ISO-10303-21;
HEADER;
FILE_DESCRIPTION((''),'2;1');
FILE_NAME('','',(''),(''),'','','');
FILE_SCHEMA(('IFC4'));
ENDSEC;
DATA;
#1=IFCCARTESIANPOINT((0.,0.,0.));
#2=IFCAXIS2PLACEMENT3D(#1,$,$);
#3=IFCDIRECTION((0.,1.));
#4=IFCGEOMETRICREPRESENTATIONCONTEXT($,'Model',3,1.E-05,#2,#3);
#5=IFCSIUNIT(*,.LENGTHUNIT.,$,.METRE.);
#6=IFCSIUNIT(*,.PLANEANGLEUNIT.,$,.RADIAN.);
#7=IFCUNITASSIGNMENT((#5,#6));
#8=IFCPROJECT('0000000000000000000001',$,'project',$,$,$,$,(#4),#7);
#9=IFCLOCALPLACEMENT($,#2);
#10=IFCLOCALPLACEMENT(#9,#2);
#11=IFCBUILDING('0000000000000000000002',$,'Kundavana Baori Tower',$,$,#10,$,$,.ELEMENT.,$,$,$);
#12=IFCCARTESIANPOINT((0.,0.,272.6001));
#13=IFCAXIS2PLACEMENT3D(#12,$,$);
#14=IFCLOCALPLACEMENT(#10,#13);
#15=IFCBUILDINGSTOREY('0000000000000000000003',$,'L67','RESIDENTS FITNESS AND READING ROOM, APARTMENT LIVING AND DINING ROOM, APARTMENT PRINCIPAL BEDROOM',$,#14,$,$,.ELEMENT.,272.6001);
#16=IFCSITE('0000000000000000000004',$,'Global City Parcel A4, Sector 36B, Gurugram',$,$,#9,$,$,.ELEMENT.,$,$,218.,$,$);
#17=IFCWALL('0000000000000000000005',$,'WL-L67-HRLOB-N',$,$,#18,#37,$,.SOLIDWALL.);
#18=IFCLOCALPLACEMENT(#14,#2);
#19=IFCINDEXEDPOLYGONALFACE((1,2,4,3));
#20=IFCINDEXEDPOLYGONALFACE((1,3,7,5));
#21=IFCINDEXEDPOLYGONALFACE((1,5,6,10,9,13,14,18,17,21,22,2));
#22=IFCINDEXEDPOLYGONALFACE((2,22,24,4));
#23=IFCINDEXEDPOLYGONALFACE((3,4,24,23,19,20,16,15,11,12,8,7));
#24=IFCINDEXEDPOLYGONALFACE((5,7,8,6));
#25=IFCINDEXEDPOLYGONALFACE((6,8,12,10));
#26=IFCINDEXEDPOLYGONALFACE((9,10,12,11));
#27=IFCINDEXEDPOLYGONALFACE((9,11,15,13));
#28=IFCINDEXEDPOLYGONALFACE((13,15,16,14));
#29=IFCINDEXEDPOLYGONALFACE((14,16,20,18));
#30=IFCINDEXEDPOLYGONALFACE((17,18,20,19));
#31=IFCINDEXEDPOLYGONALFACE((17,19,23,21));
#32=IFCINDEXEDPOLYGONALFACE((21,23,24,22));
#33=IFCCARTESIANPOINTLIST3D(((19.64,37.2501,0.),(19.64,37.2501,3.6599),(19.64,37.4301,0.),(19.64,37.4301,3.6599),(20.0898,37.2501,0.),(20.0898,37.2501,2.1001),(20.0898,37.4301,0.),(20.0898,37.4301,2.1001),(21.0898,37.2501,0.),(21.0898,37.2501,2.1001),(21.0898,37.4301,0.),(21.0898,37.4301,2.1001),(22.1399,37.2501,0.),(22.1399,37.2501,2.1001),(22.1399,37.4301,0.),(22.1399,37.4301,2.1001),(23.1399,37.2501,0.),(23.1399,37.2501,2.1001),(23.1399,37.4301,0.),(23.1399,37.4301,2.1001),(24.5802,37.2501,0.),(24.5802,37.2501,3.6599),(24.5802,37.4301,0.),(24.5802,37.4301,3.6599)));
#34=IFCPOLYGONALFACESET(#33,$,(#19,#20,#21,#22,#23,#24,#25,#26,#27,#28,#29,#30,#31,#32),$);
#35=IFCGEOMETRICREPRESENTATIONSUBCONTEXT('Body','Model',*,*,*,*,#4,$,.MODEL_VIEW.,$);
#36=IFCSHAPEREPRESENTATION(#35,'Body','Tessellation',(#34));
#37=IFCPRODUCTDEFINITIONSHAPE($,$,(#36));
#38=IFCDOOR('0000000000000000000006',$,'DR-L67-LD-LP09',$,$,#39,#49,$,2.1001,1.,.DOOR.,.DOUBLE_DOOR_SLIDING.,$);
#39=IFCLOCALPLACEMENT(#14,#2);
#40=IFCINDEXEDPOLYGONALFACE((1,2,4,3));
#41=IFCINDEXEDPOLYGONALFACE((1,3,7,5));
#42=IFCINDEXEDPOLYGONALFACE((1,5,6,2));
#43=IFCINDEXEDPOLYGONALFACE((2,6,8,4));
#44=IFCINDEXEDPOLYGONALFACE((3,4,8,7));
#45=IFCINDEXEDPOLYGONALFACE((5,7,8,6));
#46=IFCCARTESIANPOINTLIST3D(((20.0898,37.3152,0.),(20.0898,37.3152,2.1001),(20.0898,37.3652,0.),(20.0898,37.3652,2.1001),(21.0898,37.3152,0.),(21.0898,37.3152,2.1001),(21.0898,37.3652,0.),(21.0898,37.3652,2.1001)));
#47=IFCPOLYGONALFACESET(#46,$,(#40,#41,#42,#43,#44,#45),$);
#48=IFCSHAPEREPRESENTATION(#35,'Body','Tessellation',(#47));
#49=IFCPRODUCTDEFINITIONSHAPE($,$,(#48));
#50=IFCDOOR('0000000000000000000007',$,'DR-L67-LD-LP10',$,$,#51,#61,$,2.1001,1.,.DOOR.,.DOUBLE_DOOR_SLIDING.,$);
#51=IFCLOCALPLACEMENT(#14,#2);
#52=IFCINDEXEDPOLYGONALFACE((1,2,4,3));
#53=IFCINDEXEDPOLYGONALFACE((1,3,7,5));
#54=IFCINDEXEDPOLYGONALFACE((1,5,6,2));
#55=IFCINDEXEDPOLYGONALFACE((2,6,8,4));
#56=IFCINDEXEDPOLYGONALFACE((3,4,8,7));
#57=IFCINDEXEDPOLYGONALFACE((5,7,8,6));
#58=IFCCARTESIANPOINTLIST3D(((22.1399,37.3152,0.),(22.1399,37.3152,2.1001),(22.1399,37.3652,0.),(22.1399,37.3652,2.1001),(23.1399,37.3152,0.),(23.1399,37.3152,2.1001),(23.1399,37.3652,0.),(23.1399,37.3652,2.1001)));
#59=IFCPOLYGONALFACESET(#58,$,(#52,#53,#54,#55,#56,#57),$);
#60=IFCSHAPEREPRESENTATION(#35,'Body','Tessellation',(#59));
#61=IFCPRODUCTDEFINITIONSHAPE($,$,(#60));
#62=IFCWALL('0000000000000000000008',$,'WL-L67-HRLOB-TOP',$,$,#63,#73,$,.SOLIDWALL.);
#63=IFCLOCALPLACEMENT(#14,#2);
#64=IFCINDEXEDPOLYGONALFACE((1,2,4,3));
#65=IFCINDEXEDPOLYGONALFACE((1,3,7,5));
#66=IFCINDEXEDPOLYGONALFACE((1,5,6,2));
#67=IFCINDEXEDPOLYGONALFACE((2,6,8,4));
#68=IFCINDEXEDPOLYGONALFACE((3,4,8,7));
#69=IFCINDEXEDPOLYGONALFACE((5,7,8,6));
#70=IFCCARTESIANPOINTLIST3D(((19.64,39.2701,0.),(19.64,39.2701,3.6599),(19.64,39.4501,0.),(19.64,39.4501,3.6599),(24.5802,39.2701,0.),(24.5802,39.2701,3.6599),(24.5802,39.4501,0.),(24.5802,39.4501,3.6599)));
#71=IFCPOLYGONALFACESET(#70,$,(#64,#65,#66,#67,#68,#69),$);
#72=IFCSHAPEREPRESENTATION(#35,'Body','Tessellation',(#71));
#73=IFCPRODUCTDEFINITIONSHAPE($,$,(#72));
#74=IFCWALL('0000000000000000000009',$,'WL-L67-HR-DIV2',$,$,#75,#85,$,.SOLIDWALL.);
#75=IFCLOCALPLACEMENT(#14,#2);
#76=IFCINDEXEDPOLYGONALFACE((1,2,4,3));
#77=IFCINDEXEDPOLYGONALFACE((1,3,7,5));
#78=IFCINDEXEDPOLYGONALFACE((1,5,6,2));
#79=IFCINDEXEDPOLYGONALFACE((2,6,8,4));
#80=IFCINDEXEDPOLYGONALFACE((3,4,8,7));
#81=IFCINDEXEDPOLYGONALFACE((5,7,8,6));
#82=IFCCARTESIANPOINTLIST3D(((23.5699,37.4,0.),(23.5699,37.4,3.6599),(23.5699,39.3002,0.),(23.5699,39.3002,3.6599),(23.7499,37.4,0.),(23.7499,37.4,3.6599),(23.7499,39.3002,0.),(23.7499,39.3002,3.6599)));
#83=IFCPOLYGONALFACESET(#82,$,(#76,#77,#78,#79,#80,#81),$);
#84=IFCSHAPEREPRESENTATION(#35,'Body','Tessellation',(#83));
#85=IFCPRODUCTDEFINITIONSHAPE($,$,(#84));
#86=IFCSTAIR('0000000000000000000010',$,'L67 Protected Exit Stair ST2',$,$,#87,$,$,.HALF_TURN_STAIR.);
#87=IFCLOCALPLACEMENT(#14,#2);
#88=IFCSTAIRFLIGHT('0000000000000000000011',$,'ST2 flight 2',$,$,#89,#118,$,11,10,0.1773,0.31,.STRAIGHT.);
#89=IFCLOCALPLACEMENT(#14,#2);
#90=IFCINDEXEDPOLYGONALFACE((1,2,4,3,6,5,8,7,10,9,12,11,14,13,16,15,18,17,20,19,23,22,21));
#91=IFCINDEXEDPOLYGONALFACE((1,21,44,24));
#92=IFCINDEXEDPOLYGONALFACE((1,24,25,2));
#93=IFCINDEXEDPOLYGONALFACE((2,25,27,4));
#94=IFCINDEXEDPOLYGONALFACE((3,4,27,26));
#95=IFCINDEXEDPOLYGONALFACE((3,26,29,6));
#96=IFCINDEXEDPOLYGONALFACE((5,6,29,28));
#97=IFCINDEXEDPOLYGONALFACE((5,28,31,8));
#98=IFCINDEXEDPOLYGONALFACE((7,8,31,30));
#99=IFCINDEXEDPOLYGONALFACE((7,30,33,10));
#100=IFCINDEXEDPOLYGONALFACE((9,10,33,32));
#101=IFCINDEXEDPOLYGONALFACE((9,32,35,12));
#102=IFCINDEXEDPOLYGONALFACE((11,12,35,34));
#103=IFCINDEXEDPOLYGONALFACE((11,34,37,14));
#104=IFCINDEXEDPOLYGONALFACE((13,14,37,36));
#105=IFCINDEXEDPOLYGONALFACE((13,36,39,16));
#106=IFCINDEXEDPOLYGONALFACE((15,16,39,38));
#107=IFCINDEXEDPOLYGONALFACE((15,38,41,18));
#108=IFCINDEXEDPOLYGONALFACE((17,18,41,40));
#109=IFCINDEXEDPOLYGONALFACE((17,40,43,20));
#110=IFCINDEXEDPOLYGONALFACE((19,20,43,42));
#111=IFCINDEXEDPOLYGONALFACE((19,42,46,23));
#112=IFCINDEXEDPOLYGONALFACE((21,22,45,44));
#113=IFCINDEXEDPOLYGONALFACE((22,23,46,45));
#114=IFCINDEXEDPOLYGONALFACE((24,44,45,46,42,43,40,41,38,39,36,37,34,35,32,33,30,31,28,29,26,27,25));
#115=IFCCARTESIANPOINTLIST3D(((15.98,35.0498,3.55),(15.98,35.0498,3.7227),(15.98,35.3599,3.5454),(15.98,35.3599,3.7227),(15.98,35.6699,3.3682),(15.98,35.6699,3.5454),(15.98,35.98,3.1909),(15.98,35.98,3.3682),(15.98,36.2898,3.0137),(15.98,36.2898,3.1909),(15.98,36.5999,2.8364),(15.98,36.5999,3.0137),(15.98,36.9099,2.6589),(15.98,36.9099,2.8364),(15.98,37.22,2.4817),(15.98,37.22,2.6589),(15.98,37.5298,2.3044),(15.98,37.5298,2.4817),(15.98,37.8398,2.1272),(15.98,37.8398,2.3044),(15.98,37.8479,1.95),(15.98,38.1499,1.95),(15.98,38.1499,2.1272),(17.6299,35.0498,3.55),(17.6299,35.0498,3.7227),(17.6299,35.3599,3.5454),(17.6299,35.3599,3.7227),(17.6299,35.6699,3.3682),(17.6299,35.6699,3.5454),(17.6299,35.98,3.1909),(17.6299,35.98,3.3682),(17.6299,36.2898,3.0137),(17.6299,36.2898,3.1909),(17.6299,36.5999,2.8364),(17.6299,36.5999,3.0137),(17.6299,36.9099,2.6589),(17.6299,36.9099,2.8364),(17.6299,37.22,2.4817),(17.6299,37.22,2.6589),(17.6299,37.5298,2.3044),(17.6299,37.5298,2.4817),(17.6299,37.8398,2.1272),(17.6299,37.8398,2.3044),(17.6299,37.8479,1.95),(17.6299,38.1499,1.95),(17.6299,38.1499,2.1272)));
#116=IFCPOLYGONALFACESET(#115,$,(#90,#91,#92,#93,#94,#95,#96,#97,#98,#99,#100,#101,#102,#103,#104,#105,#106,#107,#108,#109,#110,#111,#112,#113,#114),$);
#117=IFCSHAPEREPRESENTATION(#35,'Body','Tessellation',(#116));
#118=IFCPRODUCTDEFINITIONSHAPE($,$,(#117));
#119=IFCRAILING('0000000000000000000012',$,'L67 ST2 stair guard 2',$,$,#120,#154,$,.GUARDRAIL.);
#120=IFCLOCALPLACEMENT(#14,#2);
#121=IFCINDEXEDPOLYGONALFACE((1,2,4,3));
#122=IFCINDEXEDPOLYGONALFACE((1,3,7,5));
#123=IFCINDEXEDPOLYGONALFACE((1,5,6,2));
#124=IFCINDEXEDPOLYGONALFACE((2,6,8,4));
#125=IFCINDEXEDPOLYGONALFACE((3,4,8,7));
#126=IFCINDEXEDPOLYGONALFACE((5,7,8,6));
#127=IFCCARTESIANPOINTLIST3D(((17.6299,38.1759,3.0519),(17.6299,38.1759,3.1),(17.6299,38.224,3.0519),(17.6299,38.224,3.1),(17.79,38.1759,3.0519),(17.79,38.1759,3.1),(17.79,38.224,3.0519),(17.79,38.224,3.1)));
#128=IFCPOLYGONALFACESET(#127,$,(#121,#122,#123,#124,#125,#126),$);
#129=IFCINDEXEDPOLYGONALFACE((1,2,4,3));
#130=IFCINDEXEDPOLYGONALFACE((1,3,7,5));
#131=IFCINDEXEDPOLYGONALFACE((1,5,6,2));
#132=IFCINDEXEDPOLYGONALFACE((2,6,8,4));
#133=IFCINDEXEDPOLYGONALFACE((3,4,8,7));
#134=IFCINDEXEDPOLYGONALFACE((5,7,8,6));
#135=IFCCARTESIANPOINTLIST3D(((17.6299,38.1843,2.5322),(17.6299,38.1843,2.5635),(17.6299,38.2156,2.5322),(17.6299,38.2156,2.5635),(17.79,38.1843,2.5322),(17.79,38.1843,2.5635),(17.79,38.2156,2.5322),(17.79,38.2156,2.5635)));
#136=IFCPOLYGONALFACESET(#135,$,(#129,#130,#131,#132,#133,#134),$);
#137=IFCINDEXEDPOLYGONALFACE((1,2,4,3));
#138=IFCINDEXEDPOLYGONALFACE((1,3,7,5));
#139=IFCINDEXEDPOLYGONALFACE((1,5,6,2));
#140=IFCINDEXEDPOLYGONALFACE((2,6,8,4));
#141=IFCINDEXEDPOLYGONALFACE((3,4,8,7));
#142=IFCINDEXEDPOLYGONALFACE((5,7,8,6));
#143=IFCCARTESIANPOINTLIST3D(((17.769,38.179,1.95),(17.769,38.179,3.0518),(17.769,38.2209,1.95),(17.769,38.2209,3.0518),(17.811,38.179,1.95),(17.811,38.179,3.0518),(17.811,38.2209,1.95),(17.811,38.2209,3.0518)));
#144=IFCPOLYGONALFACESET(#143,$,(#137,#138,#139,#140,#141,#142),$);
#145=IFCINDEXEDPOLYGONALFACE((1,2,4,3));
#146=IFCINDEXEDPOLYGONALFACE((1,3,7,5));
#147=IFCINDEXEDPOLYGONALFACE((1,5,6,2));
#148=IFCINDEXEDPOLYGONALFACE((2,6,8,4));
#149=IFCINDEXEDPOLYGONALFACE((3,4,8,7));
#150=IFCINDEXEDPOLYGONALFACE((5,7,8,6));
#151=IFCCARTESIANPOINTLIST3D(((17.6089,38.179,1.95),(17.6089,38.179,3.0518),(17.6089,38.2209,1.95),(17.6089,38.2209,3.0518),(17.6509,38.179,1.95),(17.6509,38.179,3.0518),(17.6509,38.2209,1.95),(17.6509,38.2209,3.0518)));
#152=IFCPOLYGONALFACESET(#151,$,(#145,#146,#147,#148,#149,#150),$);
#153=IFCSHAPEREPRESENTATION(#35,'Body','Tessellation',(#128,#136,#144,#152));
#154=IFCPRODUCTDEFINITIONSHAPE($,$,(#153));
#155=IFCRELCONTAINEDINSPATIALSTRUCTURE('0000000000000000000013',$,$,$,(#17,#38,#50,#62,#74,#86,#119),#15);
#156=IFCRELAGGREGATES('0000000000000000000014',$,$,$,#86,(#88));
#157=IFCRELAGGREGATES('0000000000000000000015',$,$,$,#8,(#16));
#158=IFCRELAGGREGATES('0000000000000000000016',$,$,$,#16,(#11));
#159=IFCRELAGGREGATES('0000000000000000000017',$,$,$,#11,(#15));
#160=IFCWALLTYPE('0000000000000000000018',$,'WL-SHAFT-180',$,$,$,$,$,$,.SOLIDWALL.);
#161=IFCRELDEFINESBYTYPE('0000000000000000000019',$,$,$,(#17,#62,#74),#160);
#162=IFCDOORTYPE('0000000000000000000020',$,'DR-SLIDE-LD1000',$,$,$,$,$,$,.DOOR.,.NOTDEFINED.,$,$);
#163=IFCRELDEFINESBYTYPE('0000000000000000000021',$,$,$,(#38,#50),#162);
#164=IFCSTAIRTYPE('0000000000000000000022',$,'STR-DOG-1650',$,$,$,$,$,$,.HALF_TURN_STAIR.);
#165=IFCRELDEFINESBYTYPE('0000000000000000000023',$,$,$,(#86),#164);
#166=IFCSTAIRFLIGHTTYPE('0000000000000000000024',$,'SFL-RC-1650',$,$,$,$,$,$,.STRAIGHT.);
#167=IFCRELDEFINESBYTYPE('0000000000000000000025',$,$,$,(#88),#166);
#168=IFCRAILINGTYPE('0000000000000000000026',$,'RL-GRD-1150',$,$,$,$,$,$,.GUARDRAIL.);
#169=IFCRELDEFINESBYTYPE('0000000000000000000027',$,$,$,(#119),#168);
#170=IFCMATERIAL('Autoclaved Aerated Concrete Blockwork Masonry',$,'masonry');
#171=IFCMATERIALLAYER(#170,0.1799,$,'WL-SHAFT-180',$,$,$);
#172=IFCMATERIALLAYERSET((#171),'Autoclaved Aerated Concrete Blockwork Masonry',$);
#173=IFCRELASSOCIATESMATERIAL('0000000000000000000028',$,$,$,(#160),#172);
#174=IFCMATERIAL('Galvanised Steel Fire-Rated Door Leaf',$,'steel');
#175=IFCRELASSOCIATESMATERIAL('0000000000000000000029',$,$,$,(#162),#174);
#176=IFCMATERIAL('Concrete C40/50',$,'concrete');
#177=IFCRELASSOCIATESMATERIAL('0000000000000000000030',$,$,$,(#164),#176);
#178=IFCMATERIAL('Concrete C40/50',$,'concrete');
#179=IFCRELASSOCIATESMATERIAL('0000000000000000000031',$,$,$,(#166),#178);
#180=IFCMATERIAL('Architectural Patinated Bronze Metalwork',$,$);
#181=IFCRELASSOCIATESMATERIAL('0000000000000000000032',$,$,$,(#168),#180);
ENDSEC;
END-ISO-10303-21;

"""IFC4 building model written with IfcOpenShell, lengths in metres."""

from ifc_helpers import new_model, si_unit, direction, frame, frame_2d, origin, origin_2d, place, context, subcontext, project, spatial, polyline, rectangle, outline, extrude, material, layer, layer_set, type_object, element, fill, aggregate, save


model = new_model("IFC4")

# Units and contexts
model_context = context("Model", 3, precision=1e-05, world=origin(), true_north=direction((0.0, 1.0)))
body_context = subcontext(model_context, "Body", "Model", "MODEL_VIEW")
ifc_project = project(units=[si_unit("LENGTHUNIT", "METRE"), si_unit("PLANEANGLEUNIT", "RADIAN")], contexts=[model_context])

# Site, building, storey
site_placement = place(None, origin())
site = spatial("IfcSite", under=ifc_project, at=site_placement, Name="Global City Parcel A4, Sector 36B, Gurugram", CompositionType="ELEMENT", RefElevation=218.0)
building_placement = place(site_placement, origin())
building = spatial("IfcBuilding", under=site, at=building_placement, Name="Kundavana Baori Tower", CompositionType="ELEMENT")
storey_placement = place(building_placement, frame((0.0, 0.0, 272.6001)))
storey = spatial("IfcBuildingStorey", under=building, at=storey_placement, Name="L67", Description="RESIDENTS FITNESS AND READING ROOM, APARTMENT LIVING AND DINING ROOM, APARTMENT PRINCIPAL BEDROOM", CompositionType="ELEMENT", Elevation=272.6001)

# Wall, openings, doors
ifc_material_1 = material(Name="Autoclaved Aerated Concrete Blockwork Masonry", Category="masonry")
ifc_layer_1 = layer(ifc_material_1, 0.1799, Name="WL-SHAFT-180")
ifc_layer_set_1 = layer_set([ifc_layer_1], Name="Autoclaved Aerated Concrete Blockwork Masonry")
wall_type_1 = type_object("IfcWallType", Name="WL-SHAFT-180", PredefinedType="SOLIDWALL", material=ifc_layer_set_1)
wall_1_placement = place(storey_placement, frame((19.6399, 37.3401, 0.0), z_axis=(0.0, 0.0, 1.0), x_axis=(1.0, 0.0, 0.0)))
wall_1 = element("IfcWall", 1, at=wall_1_placement, inside=storey, type_object=wall_type_1, Name="WL-L67-HRLOB-N", PredefinedType="SOLIDWALL", context=body_context, shape_type="SweptSolid", body=[
    extrude(rectangle(XDim=4.9402, YDim=0.1799, at=frame_2d((2.4702, 0.0))), origin(), (0.0, 0.0, 1.0), 3.6599),
])
opening_1_placement = place(wall_1_placement, frame((0.45, 0.0, 0.0)))
opening_1 = element("IfcOpeningElement", 2, at=opening_1_placement, cuts=wall_1, PredefinedType="OPENING", context=body_context, shape_type="SweptSolid", body=[
    extrude(rectangle(XDim=1.0, YDim=2.1001, at=frame_2d((0.5, 1.05))), frame((0.0, 0.1001, 0.0), z_axis=(0.0, -1.0, 0.0), x_axis=(1.0, 0.0, 0.0)), (0.0, 0.0, 1.0), 0.2),
])
opening_2_placement = place(wall_1_placement, frame((2.5, 0.0, 0.0)))
opening_2 = element("IfcOpeningElement", 3, at=opening_2_placement, cuts=wall_1, PredefinedType="OPENING", context=body_context, shape_type="SweptSolid", body=[
    extrude(rectangle(XDim=1.0, YDim=2.1001, at=frame_2d((0.5, 1.05))), frame((0.0, 0.1001, 0.0), z_axis=(0.0, -1.0, 0.0), x_axis=(1.0, 0.0, 0.0)), (0.0, 0.0, 1.0), 0.2),
])
ifc_material_2 = material(Name="Galvanised Steel Fire-Rated Door Leaf", Category="steel")
door_type_1 = type_object("IfcDoorType", Name="DR-SLIDE-LD1000", OperationType="NOTDEFINED", PredefinedType="DOOR", material=ifc_material_2)
door_1_placement = place(opening_1_placement, frame((1.0, 0.0, 0.0), z_axis=(0.0, 0.0, 1.0), x_axis=(-1.0, 0.0, 0.0)))
door_1 = element("IfcDoor", 4, at=door_1_placement, inside=storey, type_object=door_type_1, Name="DR-L67-LD-LP09", OperationType="DOUBLE_DOOR_SLIDING", OverallHeight=2.1001, OverallWidth=1.0, PredefinedType="DOOR", context=body_context, shape_type="SweptSolid", body=[
    extrude(rectangle(XDim=1.0, YDim=2.1001, at=frame_2d((0.5, 1.05))), frame((0.0, 0.0249, 0.0), z_axis=(0.0, -1.0, 0.0), x_axis=(1.0, 0.0, 0.0)), (0.0, 0.0, 1.0), 0.05),
])
fill(opening_1, door_1)
door_2_placement = place(opening_2_placement, frame((1.0, 0.0, 0.0), z_axis=(0.0, 0.0, 1.0), x_axis=(-1.0, 0.0, 0.0)))
door_2 = element("IfcDoor", 5, at=door_2_placement, inside=storey, type_object=door_type_1, Name="DR-L67-LD-LP10", OperationType="DOUBLE_DOOR_SLIDING", OverallHeight=2.1001, OverallWidth=1.0, PredefinedType="DOOR", context=body_context, shape_type="SweptSolid", body=[
    extrude(rectangle(XDim=1.0, YDim=2.1001, at=frame_2d((0.5, 1.05))), frame((0.0, 0.0249, 0.0), z_axis=(0.0, -1.0, 0.0), x_axis=(1.0, 0.0, 0.0)), (0.0, 0.0, 1.0), 0.05),
])
fill(opening_2, door_2)

# Walls
wall_2_placement = place(storey_placement, frame((19.6399, 39.3601, 0.0), z_axis=(0.0, 0.0, 1.0), x_axis=(1.0, 0.0, 0.0)))
element("IfcWall", 6, at=wall_2_placement, inside=storey, type_object=wall_type_1, Name="WL-L67-HRLOB-TOP", PredefinedType="SOLIDWALL", context=body_context, shape_type="SweptSolid", body=[
    extrude(rectangle(XDim=4.9402, YDim=0.1799, at=frame_2d((2.4702, 0.0))), origin(), (0.0, 0.0, 1.0), 3.6599),
])
wall_3_placement = place(storey_placement, frame((23.6599, 37.3999, 0.0), z_axis=(0.0, 0.0, 1.0), x_axis=(0.0, 1.0, 0.0)))
element("IfcWall", 7, at=wall_3_placement, inside=storey, type_object=wall_type_1, Name="WL-L67-HR-DIV2", PredefinedType="SOLIDWALL", context=body_context, shape_type="SweptSolid", body=[
    extrude(rectangle(XDim=1.9001, YDim=0.1799, at=frame_2d((0.9502, 0.0))), origin(), (0.0, 0.0, 1.0), 3.6599),
])

# Stair, stair flight
ifc_material_3 = material(Name="Concrete C40/50", Category="concrete")
stair_type = type_object("IfcStairType", Name="STR-DOG-1650", PredefinedType="HALF_TURN_STAIR", material=ifc_material_3)
stair_placement = place(storey_placement, origin())
stair = element("IfcStair", 8, at=stair_placement, inside=storey, type_object=stair_type, Name="L67 Protected Exit Stair ST2", PredefinedType="HALF_TURN_STAIR")
ifc_material_4 = material(Name="Concrete C40/50", Category="concrete")
stair_flight_type = type_object("IfcStairFlightType", Name="SFL-RC-1650", PredefinedType="STRAIGHT", material=ifc_material_4)
stair_flight_placement = place(storey_placement, frame((16.8049, 38.1499, 1.95), z_axis=(0.0, 0.0, 1.0), x_axis=(0.0, -1.0, 0.0)))
stair_flight = element("IfcStairFlight", 9, at=stair_flight_placement, type_object=stair_flight_type, Name="ST2 flight 2", NumberOfRisers=11, NumberOfTreads=10, PredefinedType="STRAIGHT", RiserHeight=0.1773, TreadLength=0.31, context=body_context, shape_type="SweptSolid", body=[
    extrude(outline(polyline([(0.0, 0.0), (0.0, 0.1772), (0.3101, 0.1772), (0.3101, 0.3545), (0.6201, 0.3545), (0.6201, 0.5317), (0.9299, 0.5317), (0.9299, 0.709), (1.24, 0.709), (1.24, 0.8865), (1.55, 0.8865), (1.55, 1.0637), (1.8601, 1.0637), (1.8601, 1.241), (2.1699, 1.241), (2.1699, 1.4182), (2.48, 1.4182), (2.48, 1.5955), (2.79, 1.5955), (2.79, 1.7727), (3.1001, 1.7727), (3.1001, 1.95), (3.1001, 1.6001), (0.302, 0.0), (0.0, 0.0)])), frame((0.0, 0.825, 0.0), z_axis=(0.0, -1.0, 0.0), x_axis=(1.0, 0.0, 0.0)), (0.0, 0.0, 1.0), 1.6499),
])
aggregate(stair, [stair_flight])

# Railing
ifc_material_5 = material(Name="Architectural Patinated Bronze Metalwork")
railing_type_1 = type_object("IfcRailingType", Name="RL-GRD-1150", PredefinedType="GUARDRAIL", material=ifc_material_5)
railing_1_placement = place(storey_placement, frame((17.79, 38.2, 1.95)))
element("IfcRailing", 10, at=railing_1_placement, inside=storey, type_object=railing_type_1, Name="L67 ST2 stair guard 2", PredefinedType="GUARDRAIL", context=body_context, shape_type="SweptSolid", body=[
    extrude(rectangle(XDim=0.0481, YDim=0.0481, at=origin_2d()), frame((0.0, 0.0, 1.126), z_axis=(-1.0, 0.0, 0.0), x_axis=(0.0, -1.0, 0.0)), (0.0, 0.0, 1.0), 0.1602),
    extrude(rectangle(XDim=0.0312, YDim=0.0312, at=origin_2d()), frame((0.0, 0.0, 0.5979), z_axis=(-1.0, 0.0, 0.0), x_axis=(0.0, -1.0, 0.0)), (0.0, 0.0, 1.0), 0.1602),
    extrude(rectangle(XDim=0.042, YDim=0.042, at=origin_2d()), origin(), (0.0, 0.0, 1.0), 1.1018),
    extrude(rectangle(XDim=0.042, YDim=0.042, at=origin_2d()), frame((-0.1602, 0.0, 0.0)), (0.0, 0.0, 1.0), 1.1018),
])

save(model, "model.ifc")
